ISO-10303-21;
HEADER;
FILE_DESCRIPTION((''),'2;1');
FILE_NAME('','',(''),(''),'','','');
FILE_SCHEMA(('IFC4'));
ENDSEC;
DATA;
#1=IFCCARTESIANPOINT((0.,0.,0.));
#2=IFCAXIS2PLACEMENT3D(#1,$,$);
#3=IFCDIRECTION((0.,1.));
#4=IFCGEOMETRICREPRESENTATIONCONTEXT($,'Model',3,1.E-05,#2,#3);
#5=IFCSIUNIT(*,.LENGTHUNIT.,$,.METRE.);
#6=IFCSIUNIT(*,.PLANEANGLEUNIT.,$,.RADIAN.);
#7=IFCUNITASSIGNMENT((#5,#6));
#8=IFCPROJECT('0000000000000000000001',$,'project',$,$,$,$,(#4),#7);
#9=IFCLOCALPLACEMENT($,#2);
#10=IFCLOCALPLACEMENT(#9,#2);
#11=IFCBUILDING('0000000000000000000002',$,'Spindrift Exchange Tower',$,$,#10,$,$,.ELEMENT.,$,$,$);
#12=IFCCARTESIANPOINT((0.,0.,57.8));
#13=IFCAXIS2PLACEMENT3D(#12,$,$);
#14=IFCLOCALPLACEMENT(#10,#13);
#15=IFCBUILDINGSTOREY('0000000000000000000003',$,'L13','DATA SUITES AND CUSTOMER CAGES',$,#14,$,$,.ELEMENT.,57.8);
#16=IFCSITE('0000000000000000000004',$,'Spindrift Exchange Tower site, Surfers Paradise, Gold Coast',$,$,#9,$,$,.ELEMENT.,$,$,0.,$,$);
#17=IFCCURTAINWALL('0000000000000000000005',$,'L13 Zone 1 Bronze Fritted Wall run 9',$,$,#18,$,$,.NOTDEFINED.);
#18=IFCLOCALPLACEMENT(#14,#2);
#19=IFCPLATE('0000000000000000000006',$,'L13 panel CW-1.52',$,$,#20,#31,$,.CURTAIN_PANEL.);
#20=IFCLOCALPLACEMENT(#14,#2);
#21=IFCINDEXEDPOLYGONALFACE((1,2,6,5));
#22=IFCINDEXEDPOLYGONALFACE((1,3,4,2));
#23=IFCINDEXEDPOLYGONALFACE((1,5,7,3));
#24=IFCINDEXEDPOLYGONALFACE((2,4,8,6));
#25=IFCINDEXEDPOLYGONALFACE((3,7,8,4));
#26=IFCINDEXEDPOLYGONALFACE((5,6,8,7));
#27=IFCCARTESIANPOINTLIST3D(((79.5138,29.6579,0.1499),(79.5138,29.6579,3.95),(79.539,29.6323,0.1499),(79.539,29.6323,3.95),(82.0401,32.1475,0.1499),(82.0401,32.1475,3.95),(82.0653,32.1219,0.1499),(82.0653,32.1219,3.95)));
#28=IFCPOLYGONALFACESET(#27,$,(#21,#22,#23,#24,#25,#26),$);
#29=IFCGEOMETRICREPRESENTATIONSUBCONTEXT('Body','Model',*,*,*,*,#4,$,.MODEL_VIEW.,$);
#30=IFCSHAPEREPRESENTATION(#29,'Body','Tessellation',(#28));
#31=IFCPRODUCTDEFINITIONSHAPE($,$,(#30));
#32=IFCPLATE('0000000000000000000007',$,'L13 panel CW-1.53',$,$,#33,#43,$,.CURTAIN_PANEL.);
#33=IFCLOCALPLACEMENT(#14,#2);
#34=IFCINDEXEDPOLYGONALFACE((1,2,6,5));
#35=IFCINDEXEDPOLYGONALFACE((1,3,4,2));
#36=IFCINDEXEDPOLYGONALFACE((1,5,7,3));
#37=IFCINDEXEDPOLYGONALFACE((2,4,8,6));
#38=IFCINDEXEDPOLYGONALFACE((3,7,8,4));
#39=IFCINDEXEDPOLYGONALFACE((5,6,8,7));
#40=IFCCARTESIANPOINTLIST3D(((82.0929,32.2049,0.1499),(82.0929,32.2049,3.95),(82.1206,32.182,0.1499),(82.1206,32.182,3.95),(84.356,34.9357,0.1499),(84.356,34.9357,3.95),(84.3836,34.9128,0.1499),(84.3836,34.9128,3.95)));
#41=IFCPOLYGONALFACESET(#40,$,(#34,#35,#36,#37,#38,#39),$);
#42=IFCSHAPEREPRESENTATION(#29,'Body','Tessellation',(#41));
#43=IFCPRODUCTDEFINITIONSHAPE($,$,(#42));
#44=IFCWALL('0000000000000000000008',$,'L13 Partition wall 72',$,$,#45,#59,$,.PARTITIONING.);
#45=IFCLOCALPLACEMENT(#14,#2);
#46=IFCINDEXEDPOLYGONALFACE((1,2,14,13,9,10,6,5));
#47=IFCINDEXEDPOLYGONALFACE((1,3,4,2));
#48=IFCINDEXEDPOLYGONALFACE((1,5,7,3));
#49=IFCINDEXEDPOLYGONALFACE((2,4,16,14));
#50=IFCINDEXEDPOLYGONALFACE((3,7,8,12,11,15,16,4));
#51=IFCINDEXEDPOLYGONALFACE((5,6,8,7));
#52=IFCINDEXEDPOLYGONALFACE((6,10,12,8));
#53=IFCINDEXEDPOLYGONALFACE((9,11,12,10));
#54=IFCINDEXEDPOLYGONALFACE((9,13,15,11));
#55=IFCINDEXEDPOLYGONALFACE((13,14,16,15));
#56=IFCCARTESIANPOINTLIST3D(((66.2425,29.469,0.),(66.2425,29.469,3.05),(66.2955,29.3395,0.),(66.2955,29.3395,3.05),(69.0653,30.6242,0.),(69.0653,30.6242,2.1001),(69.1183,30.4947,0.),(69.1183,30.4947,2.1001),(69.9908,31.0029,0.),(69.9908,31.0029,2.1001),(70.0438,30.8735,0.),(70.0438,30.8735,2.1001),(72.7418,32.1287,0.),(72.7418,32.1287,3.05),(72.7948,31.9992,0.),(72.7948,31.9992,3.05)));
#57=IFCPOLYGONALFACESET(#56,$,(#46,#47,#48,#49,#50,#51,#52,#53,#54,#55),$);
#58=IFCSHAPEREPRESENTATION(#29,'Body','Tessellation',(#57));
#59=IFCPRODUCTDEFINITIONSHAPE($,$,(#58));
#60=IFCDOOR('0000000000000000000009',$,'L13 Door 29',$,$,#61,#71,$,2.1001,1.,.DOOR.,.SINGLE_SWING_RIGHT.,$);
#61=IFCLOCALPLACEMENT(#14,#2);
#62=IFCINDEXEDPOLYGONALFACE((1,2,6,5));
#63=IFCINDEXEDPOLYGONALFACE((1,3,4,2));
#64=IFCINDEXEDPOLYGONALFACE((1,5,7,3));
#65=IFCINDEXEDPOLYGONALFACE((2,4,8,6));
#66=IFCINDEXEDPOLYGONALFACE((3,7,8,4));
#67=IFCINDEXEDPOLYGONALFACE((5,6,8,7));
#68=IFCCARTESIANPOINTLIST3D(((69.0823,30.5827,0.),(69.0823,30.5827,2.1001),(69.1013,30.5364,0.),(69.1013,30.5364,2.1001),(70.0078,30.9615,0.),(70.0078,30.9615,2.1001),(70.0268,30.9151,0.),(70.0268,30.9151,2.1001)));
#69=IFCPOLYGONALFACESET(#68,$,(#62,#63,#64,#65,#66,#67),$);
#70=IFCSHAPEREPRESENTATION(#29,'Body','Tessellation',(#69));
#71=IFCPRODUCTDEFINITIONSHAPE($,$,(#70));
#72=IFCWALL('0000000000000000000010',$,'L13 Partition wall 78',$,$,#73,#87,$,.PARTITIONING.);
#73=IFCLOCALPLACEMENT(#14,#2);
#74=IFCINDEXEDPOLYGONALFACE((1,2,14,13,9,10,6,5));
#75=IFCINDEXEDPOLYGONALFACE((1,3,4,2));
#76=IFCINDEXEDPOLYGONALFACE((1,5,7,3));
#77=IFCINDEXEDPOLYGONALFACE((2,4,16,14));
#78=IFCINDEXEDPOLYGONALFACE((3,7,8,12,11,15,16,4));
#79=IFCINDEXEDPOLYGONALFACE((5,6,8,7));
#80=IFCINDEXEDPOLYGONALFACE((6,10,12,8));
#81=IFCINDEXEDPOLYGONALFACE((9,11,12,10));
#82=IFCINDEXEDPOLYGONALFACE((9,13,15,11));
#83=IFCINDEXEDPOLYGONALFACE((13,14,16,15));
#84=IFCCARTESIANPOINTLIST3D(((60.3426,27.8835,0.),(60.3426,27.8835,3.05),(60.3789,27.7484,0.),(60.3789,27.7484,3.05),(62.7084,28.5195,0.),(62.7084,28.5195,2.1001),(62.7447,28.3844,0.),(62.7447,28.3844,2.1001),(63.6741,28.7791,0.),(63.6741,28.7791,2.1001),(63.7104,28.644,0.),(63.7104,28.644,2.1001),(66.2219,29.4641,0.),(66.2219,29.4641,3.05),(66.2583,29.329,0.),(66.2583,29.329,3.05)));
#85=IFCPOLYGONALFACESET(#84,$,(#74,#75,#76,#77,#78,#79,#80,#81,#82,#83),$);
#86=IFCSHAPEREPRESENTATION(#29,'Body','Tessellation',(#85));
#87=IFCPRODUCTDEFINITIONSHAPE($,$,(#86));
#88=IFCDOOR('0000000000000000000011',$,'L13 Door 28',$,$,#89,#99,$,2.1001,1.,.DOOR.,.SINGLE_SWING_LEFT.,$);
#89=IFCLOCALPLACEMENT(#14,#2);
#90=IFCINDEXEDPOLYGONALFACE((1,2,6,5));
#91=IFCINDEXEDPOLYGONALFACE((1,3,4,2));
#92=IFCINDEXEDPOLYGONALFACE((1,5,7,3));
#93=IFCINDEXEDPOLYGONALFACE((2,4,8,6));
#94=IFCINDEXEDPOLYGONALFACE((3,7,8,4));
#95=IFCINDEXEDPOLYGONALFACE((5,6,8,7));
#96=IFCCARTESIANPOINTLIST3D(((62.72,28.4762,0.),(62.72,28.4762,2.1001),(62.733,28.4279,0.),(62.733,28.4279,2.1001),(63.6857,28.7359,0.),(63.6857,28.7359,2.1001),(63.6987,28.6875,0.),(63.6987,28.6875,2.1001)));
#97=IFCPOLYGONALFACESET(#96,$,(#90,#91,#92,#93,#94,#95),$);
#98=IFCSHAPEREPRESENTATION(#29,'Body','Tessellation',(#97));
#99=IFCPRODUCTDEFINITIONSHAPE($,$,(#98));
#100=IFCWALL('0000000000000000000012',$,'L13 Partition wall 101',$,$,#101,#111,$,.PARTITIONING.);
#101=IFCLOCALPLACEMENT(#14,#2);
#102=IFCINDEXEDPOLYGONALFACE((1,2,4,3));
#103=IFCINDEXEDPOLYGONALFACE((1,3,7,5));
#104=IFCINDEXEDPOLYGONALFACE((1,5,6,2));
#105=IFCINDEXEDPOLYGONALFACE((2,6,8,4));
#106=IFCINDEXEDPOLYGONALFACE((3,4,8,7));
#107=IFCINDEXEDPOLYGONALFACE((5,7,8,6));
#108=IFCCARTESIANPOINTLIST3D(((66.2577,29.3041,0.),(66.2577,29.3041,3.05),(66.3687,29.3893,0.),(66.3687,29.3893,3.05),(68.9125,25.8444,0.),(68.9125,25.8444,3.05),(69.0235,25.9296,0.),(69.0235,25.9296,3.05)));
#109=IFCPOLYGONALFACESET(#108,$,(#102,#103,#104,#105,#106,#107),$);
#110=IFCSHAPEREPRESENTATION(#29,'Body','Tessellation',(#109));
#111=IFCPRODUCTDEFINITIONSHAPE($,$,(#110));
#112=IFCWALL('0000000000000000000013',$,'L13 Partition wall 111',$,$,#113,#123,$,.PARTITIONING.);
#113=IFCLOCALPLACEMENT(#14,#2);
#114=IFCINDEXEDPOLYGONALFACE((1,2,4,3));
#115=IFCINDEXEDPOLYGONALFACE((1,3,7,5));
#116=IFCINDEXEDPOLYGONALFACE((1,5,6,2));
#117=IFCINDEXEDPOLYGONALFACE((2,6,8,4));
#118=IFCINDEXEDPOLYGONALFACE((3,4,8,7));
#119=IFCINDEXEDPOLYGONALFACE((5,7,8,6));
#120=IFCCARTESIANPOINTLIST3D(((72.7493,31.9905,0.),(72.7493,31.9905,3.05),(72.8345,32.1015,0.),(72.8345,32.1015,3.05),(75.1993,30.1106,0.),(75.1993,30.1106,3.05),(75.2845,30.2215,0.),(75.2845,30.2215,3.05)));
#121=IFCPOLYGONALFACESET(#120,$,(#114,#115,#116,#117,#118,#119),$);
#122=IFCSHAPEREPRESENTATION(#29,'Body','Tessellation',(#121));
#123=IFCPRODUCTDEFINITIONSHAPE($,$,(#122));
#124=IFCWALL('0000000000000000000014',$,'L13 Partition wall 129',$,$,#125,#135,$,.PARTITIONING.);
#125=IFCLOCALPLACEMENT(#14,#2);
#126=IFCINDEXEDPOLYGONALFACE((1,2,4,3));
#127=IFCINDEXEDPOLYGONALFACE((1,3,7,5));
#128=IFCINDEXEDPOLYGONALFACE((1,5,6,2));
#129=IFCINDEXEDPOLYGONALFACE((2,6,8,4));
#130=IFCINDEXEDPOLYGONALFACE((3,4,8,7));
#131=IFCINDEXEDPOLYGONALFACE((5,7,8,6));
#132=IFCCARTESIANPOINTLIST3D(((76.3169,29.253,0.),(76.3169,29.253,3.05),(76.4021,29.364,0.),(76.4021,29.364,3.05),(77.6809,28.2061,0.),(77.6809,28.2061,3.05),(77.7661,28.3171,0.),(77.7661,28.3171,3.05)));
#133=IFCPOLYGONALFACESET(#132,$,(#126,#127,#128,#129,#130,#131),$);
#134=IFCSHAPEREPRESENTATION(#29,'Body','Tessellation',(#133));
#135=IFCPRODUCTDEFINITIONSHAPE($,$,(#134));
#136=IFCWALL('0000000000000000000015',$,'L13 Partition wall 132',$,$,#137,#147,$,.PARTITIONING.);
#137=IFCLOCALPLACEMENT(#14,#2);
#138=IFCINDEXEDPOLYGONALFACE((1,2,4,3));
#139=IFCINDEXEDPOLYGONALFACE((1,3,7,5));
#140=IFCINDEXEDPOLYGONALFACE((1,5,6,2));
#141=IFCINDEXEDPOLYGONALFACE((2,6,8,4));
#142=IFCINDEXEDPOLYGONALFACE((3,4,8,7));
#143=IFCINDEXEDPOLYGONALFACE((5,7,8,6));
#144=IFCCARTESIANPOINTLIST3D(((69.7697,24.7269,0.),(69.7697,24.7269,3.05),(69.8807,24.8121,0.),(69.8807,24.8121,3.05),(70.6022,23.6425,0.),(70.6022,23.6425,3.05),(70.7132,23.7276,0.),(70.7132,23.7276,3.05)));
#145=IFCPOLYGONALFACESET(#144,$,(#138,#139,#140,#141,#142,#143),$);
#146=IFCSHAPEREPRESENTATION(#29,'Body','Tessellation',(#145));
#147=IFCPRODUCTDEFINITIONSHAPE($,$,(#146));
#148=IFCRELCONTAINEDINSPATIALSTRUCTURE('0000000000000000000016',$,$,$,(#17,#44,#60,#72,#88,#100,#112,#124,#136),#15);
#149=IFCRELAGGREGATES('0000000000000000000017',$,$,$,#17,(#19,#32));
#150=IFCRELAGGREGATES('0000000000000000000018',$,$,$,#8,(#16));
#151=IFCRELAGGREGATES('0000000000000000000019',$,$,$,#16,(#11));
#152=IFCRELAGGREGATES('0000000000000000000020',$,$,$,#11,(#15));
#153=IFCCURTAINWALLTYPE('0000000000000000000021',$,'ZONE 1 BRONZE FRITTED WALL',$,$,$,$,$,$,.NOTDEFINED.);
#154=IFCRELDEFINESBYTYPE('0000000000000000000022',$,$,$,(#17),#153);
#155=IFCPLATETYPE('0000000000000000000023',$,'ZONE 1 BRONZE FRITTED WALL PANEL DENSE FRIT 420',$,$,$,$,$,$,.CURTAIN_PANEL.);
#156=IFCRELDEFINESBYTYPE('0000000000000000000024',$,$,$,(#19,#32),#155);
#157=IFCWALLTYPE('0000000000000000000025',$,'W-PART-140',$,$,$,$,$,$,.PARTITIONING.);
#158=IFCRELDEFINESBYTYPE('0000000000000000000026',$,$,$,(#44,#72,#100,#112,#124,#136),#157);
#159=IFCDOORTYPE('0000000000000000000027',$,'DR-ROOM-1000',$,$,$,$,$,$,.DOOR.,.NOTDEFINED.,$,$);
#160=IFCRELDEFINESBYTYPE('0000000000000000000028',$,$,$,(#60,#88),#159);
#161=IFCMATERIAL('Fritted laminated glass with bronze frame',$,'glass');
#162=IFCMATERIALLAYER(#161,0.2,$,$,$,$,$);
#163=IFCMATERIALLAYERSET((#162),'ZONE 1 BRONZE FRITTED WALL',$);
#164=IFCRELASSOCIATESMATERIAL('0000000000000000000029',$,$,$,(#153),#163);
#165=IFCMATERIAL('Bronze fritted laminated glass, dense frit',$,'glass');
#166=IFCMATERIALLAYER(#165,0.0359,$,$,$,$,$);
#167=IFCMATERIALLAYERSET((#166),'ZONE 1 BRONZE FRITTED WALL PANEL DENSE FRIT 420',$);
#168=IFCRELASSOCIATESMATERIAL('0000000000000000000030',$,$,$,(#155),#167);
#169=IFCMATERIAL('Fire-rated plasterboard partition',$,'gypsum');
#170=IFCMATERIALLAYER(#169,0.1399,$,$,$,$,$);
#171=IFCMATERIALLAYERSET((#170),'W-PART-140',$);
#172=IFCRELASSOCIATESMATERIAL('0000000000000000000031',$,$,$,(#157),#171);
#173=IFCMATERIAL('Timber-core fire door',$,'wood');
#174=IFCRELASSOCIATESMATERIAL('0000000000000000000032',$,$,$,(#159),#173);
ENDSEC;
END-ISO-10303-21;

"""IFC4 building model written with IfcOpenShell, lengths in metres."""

from ifc_helpers import new_model, si_unit, direction, frame, frame_2d, origin, origin_2d, place, context, subcontext, project, spatial, rectangle, extrude, source, transform, mapped, material, layer, layer_set, type_object, element, fill, aggregate, save


model = new_model("IFC4")

# Units and contexts
model_context = context("Model", 3, precision=1e-05, world=origin(), true_north=direction((0.0, 1.0)))
body_context = subcontext(model_context, "Body", "Model", "MODEL_VIEW")
ifc_project = project(units=[si_unit("LENGTHUNIT", "METRE"), si_unit("PLANEANGLEUNIT", "RADIAN")], contexts=[model_context])

# Site, building, storey
site_placement = place(None, origin())
site = spatial("IfcSite", under=ifc_project, at=site_placement, Name="Spindrift Exchange Tower site, Surfers Paradise, Gold Coast", CompositionType="ELEMENT", RefElevation=0.0)
building_placement = place(site_placement, origin())
building = spatial("IfcBuilding", under=site, at=building_placement, Name="Spindrift Exchange Tower", CompositionType="ELEMENT")
storey_placement = place(building_placement, frame((0.0, 0.0, 57.8)))
storey = spatial("IfcBuildingStorey", under=building, at=storey_placement, Name="L13", Description="DATA SUITES AND CUSTOMER CAGES", CompositionType="ELEMENT", Elevation=57.8)

# Shared definitions
ifc_material_1 = material(Name="Fritted laminated glass with bronze frame", Category="glass")
ifc_layer_1 = layer(ifc_material_1, 0.2)
ifc_layer_set_1 = layer_set([ifc_layer_1], Name="ZONE 1 BRONZE FRITTED WALL")
curtain_wall_type = type_object("IfcCurtainWallType", Name="ZONE 1 BRONZE FRITTED WALL", PredefinedType="NOTDEFINED", material=ifc_layer_set_1)

# Curtain wall
curtain_wall_1_placement = place(storey_placement, origin())
curtain_wall_1 = element("IfcCurtainWall", 1, at=curtain_wall_1_placement, inside=storey, type_object=curtain_wall_type, Name="L13 Zone 1 Bronze Fritted Wall run 9", PredefinedType="NOTDEFINED")

# Plates
ifc_material_2 = material(Name="Bronze fritted laminated glass, dense frit", Category="glass")
ifc_layer_2 = layer(ifc_material_2, 0.0359)
ifc_layer_set_2 = layer_set([ifc_layer_2], Name="ZONE 1 BRONZE FRITTED WALL PANEL DENSE FRIT 420")
plate_type_1 = type_object("IfcPlateType", Name="ZONE 1 BRONZE FRITTED WALL PANEL DENSE FRIT 420", PredefinedType="CURTAIN_PANEL", material=ifc_layer_set_2)
shared_shape_1 = source(origin(), body_context, "Body", "SweptSolid", [
    extrude(rectangle(XDim=3.5469, YDim=0.0359, at=origin_2d()), origin(), (0.0, 0.0, 1.0), 3.8),
])
plate_1_placement = place(storey_placement, frame((80.7896, 30.8899, 0.1499), z_axis=(0.0, 0.0, 1.0), x_axis=(0.712258, 0.701918, 0.0)))
plate_1 = element("IfcPlate", 2, at=plate_1_placement, type_object=plate_type_1, Name="L13 panel CW-1.52", PredefinedType="CURTAIN_PANEL", context=body_context, shape_type="MappedRepresentation", body=[
    mapped(shared_shape_1, transform((0.0, 0.0, 0.0), scale=1.0)),
])
shared_shape_2 = source(origin(), body_context, "Body", "SweptSolid", [
    extrude(rectangle(XDim=3.5466, YDim=0.0359, at=origin_2d()), origin(), (0.0, 0.0, 1.0), 3.8),
])
plate_2_placement = place(storey_placement, frame((83.2383, 33.5588, 0.1499), z_axis=(0.0, 0.0, 1.0), x_axis=(0.638096, 0.769957, 0.0)))
plate_2 = element("IfcPlate", 3, at=plate_2_placement, type_object=plate_type_1, Name="L13 panel CW-1.53", PredefinedType="CURTAIN_PANEL", context=body_context, shape_type="MappedRepresentation", body=[
    mapped(shared_shape_2, transform((0.0, 0.0, 0.0), scale=1.0)),
])
aggregate(curtain_wall_1, [plate_1, plate_2])

# Walls, openings, doors
ifc_material_3 = material(Name="Fire-rated plasterboard partition", Category="gypsum")
ifc_layer_3 = layer(ifc_material_3, 0.1399)
ifc_layer_set_3 = layer_set([ifc_layer_3], Name="W-PART-140")
wall_type = type_object("IfcWallType", Name="W-PART-140", PredefinedType="PARTITIONING", material=ifc_layer_set_3)
wall_1_placement = place(storey_placement, frame((72.7683, 32.064, 0.0), z_axis=(0.0, 0.0, 1.0), x_axis=(-0.925503, -0.37874, 0.0)))
wall_1 = element("IfcWall", 4, at=wall_1_placement, inside=storey, type_object=wall_type, Name="L13 Partition wall 72", PredefinedType="PARTITIONING", context=body_context, shape_type="SweptSolid", body=[
    extrude(rectangle(XDim=7.0225, YDim=0.1399, at=frame_2d((3.5112, 0.0))), origin(), (0.0, 0.0, 1.0), 3.05),
])
opening_1_placement = place(wall_1_placement, frame((2.9724, 0.0, 0.0)))
opening_1 = element("IfcOpeningElement", 5, at=opening_1_placement, cuts=wall_1, PredefinedType="OPENING", context=body_context, shape_type="SweptSolid", body=[
    extrude(rectangle(XDim=1.0, YDim=2.1001, at=frame_2d((0.5, 1.05))), frame((0.0, 0.0798, 0.0), z_axis=(0.0, -1.0, 0.0), x_axis=(1.0, 0.0, 0.0)), (0.0, 0.0, 1.0), 0.1599),
])
ifc_material_4 = material(Name="Timber-core fire door", Category="wood")
door_type = type_object("IfcDoorType", Name="DR-ROOM-1000", OperationType="NOTDEFINED", PredefinedType="DOOR", material=ifc_material_4)
shared_shape_3 = source(origin(), body_context, "Body", "SweptSolid", [
    extrude(rectangle(XDim=1.0, YDim=2.1001, at=frame_2d((0.5, 1.05))), frame((0.0, 0.0249, 0.0), z_axis=(0.0, -1.0, 0.0), x_axis=(1.0, 0.0, 0.0)), (0.0, 0.0, 1.0), 0.05),
])
door_1_placement = place(opening_1_placement, origin())
door_1 = element("IfcDoor", 6, at=door_1_placement, inside=storey, type_object=door_type, Name="L13 Door 29", OperationType="SINGLE_SWING_RIGHT", OverallHeight=2.1001, OverallWidth=1.0, PredefinedType="DOOR", context=body_context, shape_type="MappedRepresentation", body=[
    mapped(shared_shape_3, transform((0.0, 0.0, 0.0), scale=1.0)),
])
fill(opening_1, door_1)
wall_2_placement = place(storey_placement, frame((66.24, 29.3965, 0.0), z_axis=(0.0, 0.0, 1.0), x_axis=(-0.965712, -0.259614, 0.0)))
wall_2 = element("IfcWall", 7, at=wall_2_placement, inside=storey, type_object=wall_type, Name="L13 Partition wall 78", PredefinedType="PARTITIONING", context=body_context, shape_type="SweptSolid", body=[
    extrude(rectangle(XDim=6.0881, YDim=0.1399, at=frame_2d((3.0439, 0.0))), origin(), (0.0, 0.0, 1.0), 3.05),
])
opening_2_placement = place(wall_2_placement, frame((2.6382, 0.0, 0.0)))
opening_2 = element("IfcOpeningElement", 8, at=opening_2_placement, cuts=wall_2, PredefinedType="OPENING", context=body_context, shape_type="SweptSolid", body=[
    extrude(rectangle(XDim=1.0, YDim=2.1001, at=frame_2d((0.5, 1.05))), frame((0.0, 0.0798, 0.0), z_axis=(0.0, -1.0, 0.0), x_axis=(1.0, 0.0, 0.0)), (0.0, 0.0, 1.0), 0.1599),
])
door_2_placement = place(opening_2_placement, origin())
door_2 = element("IfcDoor", 9, at=door_2_placement, inside=storey, type_object=door_type, Name="L13 Door 28", OperationType="SINGLE_SWING_LEFT", OverallHeight=2.1001, OverallWidth=1.0, PredefinedType="DOOR", context=body_context, shape_type="MappedRepresentation", body=[
    mapped(shared_shape_3, transform((0.0, 0.0, 0.0), scale=1.0)),
])
fill(opening_2, door_2)

# Walls
wall_3_placement = place(storey_placement, frame((66.3132, 29.3467, 0.0), z_axis=(0.0, 0.0, 1.0), x_axis=(0.608769, -0.793348, 0.0)))
element("IfcWall", 10, at=wall_3_placement, inside=storey, type_object=wall_type, Name="L13 Partition wall 101", PredefinedType="PARTITIONING", context=body_context, shape_type="SweptSolid", body=[
    extrude(rectangle(XDim=4.3608, YDim=0.1399, at=frame_2d((2.1804, 0.0))), origin(), (0.0, 0.0, 1.0), 3.05),
])
wall_4_placement = place(storey_placement, frame((72.792, 32.0459, 0.0), z_axis=(0.0, 0.0, 1.0), x_axis=(0.793358, -0.608755, 0.0)))
element("IfcWall", 11, at=wall_4_placement, inside=storey, type_object=wall_type, Name="L13 Partition wall 111", PredefinedType="PARTITIONING", context=body_context, shape_type="SweptSolid", body=[
    extrude(rectangle(XDim=3.0881, YDim=0.1399, at=frame_2d((1.5439, 0.0))), origin(), (0.0, 0.0, 1.0), 3.05),
])
wall_5_placement = place(storey_placement, frame((76.3594, 29.3086, 0.0), z_axis=(0.0, 0.0, 1.0), x_axis=(0.793289, -0.608846, 0.0)))
element("IfcWall", 12, at=wall_5_placement, inside=storey, type_object=wall_type, Name="L13 Partition wall 129", PredefinedType="PARTITIONING", context=body_context, shape_type="SweptSolid", body=[
    extrude(rectangle(XDim=1.7195, YDim=0.1399, at=frame_2d((0.8599, 0.0))), origin(), (0.0, 0.0, 1.0), 3.05),
])
wall_6_placement = place(storey_placement, frame((69.8252, 24.7695, 0.0), z_axis=(0.0, 0.0, 1.0), x_axis=(0.608934, -0.793221, 0.0)))
element("IfcWall", 13, at=wall_6_placement, inside=storey, type_object=wall_type, Name="L13 Partition wall 132", PredefinedType="PARTITIONING", context=body_context, shape_type="SweptSolid", body=[
    extrude(rectangle(XDim=1.3672, YDim=0.1399, at=frame_2d((0.6836, 0.0))), origin(), (0.0, 0.0, 1.0), 3.05),
])

save(model, "model.ifc")
